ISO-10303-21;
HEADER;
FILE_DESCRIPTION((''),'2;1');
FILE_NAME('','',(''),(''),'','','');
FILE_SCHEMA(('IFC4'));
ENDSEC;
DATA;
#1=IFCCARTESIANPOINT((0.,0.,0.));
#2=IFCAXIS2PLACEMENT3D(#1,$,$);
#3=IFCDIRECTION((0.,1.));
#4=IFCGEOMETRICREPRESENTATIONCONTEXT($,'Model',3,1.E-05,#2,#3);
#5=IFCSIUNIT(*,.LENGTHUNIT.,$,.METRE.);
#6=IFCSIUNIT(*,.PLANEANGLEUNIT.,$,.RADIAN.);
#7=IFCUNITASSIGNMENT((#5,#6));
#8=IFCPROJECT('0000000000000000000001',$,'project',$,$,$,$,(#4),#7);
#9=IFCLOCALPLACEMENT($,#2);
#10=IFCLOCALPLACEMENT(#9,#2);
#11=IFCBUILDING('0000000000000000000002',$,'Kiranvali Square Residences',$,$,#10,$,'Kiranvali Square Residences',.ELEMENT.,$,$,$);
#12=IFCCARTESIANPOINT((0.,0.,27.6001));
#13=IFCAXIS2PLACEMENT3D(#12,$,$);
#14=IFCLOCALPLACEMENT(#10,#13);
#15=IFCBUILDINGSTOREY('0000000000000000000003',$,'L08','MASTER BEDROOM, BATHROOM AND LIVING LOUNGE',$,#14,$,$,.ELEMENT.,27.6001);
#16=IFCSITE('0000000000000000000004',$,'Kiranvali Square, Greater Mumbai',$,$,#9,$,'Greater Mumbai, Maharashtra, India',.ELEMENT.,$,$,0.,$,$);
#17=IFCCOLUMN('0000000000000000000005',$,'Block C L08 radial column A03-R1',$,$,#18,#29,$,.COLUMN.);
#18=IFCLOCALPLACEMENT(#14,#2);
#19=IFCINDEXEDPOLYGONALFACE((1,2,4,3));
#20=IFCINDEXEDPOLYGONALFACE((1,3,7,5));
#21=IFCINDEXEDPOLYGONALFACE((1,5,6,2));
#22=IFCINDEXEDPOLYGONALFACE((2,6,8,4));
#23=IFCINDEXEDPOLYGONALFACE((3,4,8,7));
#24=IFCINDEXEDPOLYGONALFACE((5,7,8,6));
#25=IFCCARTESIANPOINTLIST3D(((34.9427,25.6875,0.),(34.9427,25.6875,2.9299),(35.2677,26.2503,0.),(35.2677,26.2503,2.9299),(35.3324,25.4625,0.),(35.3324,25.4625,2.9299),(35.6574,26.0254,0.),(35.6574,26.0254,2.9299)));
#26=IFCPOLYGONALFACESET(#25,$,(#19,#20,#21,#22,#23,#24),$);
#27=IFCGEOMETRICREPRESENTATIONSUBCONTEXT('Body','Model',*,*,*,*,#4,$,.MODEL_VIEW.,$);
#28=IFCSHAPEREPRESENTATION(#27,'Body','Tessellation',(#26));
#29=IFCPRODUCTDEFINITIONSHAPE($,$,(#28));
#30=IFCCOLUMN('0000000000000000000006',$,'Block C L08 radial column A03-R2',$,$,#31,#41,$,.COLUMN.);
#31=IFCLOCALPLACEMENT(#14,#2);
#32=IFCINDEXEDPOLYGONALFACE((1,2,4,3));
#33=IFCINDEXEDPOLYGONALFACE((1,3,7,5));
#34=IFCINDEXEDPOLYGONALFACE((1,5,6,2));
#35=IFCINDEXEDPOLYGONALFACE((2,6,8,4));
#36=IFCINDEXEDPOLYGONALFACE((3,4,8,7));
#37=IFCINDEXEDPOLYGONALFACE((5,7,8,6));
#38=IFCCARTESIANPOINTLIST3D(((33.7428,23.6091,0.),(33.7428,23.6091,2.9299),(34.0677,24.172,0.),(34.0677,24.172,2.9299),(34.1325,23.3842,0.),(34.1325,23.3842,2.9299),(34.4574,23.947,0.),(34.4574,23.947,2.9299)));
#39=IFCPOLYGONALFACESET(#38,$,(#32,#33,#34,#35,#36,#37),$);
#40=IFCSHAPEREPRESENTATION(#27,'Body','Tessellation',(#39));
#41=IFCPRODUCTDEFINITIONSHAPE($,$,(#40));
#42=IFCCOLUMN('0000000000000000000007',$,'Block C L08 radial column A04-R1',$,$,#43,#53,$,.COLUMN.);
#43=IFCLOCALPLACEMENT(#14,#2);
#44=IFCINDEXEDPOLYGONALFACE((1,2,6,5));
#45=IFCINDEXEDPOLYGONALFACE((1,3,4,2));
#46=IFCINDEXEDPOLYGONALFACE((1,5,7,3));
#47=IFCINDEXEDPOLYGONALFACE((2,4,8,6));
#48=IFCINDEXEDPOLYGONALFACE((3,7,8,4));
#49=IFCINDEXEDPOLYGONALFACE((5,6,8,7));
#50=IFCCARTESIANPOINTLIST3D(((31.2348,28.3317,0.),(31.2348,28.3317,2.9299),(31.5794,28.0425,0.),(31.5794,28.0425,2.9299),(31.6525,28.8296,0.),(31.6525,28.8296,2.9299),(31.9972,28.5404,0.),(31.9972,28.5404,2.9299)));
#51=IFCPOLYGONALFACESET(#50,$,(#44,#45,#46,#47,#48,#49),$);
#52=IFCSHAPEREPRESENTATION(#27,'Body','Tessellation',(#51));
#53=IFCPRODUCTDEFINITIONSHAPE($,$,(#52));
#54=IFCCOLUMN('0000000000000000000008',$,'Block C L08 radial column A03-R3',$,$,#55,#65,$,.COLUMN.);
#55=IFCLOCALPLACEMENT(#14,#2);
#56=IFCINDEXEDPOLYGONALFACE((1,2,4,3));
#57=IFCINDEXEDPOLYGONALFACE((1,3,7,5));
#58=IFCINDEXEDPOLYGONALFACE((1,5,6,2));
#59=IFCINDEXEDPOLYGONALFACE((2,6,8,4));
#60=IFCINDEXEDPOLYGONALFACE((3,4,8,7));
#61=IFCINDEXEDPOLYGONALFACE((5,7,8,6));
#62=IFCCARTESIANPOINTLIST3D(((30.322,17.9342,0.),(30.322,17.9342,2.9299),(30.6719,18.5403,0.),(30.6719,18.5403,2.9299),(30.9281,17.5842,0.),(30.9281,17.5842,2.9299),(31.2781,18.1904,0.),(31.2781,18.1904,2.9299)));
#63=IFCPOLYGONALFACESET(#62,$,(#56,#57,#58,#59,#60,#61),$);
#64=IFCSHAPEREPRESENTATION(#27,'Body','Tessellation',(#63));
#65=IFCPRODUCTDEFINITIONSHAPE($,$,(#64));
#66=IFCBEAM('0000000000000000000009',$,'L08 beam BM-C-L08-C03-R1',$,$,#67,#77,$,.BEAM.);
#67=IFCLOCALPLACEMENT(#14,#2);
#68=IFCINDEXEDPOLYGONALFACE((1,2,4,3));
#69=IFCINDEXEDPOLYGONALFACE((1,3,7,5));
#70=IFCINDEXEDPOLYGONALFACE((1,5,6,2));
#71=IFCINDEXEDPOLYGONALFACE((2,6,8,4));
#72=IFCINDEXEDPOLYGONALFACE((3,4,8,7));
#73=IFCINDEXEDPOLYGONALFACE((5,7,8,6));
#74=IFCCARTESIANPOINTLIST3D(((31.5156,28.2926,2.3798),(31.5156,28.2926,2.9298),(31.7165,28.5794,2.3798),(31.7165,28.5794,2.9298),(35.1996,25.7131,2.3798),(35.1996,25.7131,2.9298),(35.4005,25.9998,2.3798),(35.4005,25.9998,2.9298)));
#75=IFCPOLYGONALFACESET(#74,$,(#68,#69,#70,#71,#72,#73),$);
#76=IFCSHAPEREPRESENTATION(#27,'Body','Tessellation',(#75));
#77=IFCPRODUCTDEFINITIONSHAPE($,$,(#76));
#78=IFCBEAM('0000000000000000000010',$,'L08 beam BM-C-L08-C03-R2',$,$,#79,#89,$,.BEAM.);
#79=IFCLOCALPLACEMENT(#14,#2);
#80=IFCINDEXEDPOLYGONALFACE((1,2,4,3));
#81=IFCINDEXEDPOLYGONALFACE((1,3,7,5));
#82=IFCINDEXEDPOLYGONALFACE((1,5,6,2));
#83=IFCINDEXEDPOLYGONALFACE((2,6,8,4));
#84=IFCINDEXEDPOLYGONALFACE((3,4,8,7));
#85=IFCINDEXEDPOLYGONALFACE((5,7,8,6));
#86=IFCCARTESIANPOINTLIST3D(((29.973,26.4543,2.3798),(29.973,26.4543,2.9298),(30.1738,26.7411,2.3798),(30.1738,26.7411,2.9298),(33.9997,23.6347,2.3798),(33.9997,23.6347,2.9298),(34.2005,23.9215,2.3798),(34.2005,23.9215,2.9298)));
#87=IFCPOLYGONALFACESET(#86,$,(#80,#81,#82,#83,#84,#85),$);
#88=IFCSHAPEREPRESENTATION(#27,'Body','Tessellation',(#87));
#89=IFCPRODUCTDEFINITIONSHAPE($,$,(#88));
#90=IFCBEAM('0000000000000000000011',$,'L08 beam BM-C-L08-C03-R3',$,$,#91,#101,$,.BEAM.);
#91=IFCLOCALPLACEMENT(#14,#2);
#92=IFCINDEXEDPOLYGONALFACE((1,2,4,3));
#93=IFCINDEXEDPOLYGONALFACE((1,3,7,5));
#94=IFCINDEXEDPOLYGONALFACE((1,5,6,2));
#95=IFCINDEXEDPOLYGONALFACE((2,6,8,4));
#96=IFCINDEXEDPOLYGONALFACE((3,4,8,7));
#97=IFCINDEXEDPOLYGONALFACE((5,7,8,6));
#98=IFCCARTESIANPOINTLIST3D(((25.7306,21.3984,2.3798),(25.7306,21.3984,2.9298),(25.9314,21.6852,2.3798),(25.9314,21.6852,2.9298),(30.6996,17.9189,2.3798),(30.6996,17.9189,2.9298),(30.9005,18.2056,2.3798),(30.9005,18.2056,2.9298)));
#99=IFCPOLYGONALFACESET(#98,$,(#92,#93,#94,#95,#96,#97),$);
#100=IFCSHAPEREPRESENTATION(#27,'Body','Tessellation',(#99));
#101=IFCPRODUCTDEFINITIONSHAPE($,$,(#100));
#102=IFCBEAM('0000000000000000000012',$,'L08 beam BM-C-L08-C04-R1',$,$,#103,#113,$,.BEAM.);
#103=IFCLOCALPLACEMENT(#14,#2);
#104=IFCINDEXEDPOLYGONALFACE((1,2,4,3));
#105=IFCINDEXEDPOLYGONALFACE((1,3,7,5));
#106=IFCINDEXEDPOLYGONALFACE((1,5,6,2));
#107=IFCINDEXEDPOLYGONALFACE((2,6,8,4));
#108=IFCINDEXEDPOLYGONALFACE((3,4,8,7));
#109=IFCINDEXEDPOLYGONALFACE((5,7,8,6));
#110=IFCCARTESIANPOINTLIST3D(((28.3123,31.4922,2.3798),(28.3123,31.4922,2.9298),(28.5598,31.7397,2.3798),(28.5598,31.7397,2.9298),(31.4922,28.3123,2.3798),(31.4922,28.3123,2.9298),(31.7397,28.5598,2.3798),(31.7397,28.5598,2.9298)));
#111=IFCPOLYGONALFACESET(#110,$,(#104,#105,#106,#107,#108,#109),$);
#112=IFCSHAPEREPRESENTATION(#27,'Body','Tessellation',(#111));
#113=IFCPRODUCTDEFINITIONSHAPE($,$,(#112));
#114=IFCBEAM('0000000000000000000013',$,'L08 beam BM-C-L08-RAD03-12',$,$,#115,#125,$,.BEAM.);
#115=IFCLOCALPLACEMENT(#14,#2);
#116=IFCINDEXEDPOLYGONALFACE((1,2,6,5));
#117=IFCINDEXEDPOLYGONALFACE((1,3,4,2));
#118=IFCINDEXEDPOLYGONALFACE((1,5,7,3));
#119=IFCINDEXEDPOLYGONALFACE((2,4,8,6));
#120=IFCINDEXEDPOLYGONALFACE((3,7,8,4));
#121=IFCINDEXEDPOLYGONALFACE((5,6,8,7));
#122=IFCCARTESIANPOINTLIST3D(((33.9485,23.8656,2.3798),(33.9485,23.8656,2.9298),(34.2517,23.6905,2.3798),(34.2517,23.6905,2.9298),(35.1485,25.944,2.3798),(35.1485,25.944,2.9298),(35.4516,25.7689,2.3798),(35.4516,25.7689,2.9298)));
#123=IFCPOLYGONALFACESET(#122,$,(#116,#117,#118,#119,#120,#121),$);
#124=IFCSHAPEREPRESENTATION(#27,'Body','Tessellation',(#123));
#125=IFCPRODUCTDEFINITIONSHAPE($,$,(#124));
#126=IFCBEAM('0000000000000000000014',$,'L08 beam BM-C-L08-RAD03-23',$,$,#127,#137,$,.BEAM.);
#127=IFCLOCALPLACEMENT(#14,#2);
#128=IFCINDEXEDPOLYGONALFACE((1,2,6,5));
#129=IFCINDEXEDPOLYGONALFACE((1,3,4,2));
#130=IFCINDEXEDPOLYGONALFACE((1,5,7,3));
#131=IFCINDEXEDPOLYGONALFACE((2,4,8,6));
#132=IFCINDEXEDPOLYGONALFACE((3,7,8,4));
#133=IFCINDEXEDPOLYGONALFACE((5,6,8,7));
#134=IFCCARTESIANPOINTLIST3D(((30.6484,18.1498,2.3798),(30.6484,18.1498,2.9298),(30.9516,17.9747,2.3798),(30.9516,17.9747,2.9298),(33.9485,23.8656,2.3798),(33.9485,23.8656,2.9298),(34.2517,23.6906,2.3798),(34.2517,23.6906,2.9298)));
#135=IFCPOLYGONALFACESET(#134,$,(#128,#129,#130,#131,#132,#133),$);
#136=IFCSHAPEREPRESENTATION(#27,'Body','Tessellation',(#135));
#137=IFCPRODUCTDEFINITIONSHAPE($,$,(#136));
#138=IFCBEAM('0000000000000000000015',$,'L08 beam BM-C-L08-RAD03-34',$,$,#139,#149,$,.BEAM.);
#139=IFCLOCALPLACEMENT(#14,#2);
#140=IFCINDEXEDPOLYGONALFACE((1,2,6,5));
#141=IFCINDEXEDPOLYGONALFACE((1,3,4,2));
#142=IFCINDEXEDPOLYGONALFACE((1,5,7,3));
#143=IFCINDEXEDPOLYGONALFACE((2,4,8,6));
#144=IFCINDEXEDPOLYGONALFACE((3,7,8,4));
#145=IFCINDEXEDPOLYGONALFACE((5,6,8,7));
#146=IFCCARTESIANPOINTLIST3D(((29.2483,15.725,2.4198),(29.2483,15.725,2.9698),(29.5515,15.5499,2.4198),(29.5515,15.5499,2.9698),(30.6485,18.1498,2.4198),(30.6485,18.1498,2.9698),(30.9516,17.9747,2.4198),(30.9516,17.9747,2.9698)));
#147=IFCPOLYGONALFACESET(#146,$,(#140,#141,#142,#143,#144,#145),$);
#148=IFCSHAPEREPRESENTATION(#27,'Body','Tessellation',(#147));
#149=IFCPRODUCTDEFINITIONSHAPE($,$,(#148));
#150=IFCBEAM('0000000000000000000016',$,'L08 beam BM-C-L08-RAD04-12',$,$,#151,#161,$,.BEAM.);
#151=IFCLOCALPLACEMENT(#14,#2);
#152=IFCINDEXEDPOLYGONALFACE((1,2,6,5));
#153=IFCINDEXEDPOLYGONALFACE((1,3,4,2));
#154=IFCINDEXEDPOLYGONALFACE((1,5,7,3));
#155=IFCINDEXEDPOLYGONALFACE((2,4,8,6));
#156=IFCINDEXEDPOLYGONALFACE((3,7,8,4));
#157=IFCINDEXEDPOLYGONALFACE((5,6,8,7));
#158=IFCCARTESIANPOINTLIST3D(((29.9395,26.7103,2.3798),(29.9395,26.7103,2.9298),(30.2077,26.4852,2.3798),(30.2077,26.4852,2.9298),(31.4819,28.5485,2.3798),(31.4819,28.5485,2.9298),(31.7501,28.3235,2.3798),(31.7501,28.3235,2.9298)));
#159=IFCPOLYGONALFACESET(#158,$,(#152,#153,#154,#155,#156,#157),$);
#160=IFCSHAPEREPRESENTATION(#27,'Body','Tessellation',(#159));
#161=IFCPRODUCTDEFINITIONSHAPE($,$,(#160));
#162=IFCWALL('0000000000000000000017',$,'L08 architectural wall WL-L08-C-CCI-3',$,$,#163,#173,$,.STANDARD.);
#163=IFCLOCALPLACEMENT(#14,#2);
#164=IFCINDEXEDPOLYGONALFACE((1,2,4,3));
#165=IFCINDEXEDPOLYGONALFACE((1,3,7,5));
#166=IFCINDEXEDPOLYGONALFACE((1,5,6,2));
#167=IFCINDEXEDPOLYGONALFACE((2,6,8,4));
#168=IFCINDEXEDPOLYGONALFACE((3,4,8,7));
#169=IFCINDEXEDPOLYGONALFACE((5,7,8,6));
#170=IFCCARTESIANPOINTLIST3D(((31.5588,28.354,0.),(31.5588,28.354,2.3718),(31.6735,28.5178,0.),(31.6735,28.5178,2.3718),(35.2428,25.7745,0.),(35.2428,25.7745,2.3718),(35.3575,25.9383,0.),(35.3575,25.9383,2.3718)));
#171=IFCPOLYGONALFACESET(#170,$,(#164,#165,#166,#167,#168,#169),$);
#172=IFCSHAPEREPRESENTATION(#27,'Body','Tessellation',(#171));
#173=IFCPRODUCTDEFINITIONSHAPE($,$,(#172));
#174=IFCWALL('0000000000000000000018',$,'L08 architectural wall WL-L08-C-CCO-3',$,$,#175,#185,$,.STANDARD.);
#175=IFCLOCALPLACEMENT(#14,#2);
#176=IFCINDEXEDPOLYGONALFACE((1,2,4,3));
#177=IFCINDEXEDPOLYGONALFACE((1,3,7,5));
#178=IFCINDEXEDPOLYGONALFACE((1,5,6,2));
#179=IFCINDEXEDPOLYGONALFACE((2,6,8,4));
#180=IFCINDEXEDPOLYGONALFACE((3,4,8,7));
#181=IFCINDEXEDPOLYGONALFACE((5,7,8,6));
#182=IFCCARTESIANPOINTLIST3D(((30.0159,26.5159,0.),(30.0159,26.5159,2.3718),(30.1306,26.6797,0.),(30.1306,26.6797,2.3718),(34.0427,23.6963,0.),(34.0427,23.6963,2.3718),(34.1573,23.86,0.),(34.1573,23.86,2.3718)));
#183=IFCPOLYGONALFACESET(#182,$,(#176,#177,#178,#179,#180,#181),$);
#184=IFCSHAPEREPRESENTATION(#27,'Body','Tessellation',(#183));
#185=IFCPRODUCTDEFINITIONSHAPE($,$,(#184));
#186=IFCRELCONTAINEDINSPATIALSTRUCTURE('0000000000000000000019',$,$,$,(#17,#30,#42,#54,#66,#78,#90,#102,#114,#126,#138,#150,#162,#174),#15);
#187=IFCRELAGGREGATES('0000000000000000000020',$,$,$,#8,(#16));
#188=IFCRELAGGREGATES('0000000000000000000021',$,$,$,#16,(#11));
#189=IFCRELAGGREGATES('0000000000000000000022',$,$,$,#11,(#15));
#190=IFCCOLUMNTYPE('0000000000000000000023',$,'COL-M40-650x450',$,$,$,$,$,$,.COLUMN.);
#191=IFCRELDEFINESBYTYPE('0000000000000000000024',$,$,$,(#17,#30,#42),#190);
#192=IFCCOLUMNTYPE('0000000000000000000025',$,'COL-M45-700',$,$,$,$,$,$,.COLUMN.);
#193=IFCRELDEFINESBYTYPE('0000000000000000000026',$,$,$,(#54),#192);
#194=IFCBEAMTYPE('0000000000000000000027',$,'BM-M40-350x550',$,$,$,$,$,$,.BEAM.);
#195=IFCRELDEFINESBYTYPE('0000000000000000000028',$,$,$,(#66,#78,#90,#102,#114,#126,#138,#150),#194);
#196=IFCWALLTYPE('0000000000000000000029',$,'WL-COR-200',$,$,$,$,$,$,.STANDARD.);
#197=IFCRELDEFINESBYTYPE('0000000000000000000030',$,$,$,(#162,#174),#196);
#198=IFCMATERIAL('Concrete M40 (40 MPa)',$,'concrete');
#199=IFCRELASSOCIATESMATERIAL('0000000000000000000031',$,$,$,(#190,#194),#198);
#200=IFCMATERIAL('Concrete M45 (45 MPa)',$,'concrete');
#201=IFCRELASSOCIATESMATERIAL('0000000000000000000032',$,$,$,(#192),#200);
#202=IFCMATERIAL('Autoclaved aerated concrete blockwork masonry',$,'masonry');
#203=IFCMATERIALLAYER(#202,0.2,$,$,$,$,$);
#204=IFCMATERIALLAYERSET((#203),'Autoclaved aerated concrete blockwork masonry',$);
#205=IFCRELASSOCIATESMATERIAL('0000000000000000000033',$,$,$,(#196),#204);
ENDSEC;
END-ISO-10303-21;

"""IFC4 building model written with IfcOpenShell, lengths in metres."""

from ifc_helpers import new_model, si_unit, direction, frame, frame_2d, origin, origin_2d, place, context, subcontext, project, spatial, rectangle, extrude, material, layer, layer_set, material_profile, profile_set, type_object, element, save


model = new_model("IFC4")

# Units and contexts
model_context = context("Model", 3, precision=1e-05, world=origin(), true_north=direction((0.0, 1.0)))
body_context = subcontext(model_context, "Body", "Model", "MODEL_VIEW")
ifc_project = project(units=[si_unit("LENGTHUNIT", "METRE"), si_unit("PLANEANGLEUNIT", "RADIAN")], contexts=[model_context])

# Site, building, storey
site_placement = place(None, origin())
site = spatial("IfcSite", under=ifc_project, at=site_placement, Name="Kiranvali Square, Greater Mumbai", LongName="Greater Mumbai, Maharashtra, India", CompositionType="ELEMENT", RefElevation=0.0)
building_placement = place(site_placement, origin())
building = spatial("IfcBuilding", under=site, at=building_placement, Name="Kiranvali Square Residences", LongName="Kiranvali Square Residences", CompositionType="ELEMENT")
storey_placement = place(building_placement, frame((0.0, 0.0, 27.6001)))
storey = spatial("IfcBuildingStorey", under=building, at=storey_placement, Name="L08", Description="MASTER BEDROOM, BATHROOM AND LIVING LOUNGE", CompositionType="ELEMENT", Elevation=27.6001)

# Columns
ifc_material_1 = material(Name="Concrete M40 (40 MPa)", Category="concrete")
ifc_material_profile_1 = material_profile(ifc_material_1, rectangle(XDim=0.45, YDim=0.6499, at=origin_2d()), Name="RC 650x450")
ifc_profile_set_1 = profile_set([ifc_material_profile_1], Name="Concrete M40 (40 MPa)")
column_type_1 = type_object("IfcColumnType", Name="COL-M40-650x450", PredefinedType="COLUMN", material=ifc_profile_set_1)
for number, where, z_axis, x_axis, name in (
    (1, (35.3, 25.8564, 0.0), (0.0, 0.0, 1.0), (-0.866025, 0.5, 0.0), "Block C L08 radial column A03-R1"),
    (2, (34.1001, 23.7781, 0.0), (0.0, 0.0, 1.0), (-0.866025, 0.5, 0.0), "Block C L08 radial column A03-R2"),
    (3, (31.616, 28.436, 0.0), (0.0, 0.0, 1.0), (-0.766044, 0.642788, 0.0), "Block C L08 radial column A04-R1"),
):
    element("IfcColumn", number, at=place(storey_placement, frame(where, z_axis=z_axis, x_axis=x_axis)), inside=storey, type_object=column_type_1, Name=name, PredefinedType="COLUMN", context=body_context, shape_type="SweptSolid", body=[
        extrude(rectangle(XDim=0.45, YDim=0.6499, at=origin_2d()), origin(), (0.0, 0.0, 1.0), 2.9299),
    ])
ifc_material_2 = material(Name="Concrete M45 (45 MPa)", Category="concrete")
ifc_material_profile_2 = material_profile(ifc_material_2, rectangle(XDim=0.7, YDim=0.7, at=origin_2d()), Name="RC 700x700")
ifc_profile_set_2 = profile_set([ifc_material_profile_2], Name="Concrete M45 (45 MPa)")
column_type_2 = type_object("IfcColumnType", Name="COL-M45-700", PredefinedType="COLUMN", material=ifc_profile_set_2)
column_placement = place(storey_placement, frame((30.8, 18.0623, 0.0), z_axis=(0.0, 0.0, 1.0), x_axis=(-0.866025, 0.5, 0.0)))
element("IfcColumn", 4, at=column_placement, inside=storey, type_object=column_type_2, Name="Block C L08 radial column A03-R3", PredefinedType="COLUMN", context=body_context, shape_type="SweptSolid", body=[
    extrude(rectangle(XDim=0.7, YDim=0.7, at=origin_2d()), origin(), (0.0, 0.0, 1.0), 2.9299),
])

# Beams
ifc_material_profile_3 = material_profile(ifc_material_1, rectangle(XDim=0.3501, YDim=0.55, at=origin_2d()), Name="RC 350x550")
ifc_profile_set_3 = profile_set([ifc_material_profile_3], Name="Concrete M40 (40 MPa)")
beam_type = type_object("IfcBeamType", Name="BM-M40-350x550", PredefinedType="BEAM", material=ifc_profile_set_3)
beam_1_placement = place(storey_placement, frame((35.3, 25.8564, 2.6548), z_axis=(-0.819155, 0.573572, 0.0), x_axis=(-0.573572, -0.819155, 0.0)))
element("IfcBeam", 5, at=beam_1_placement, inside=storey, type_object=beam_type, Name="L08 beam BM-C-L08-C03-R1", PredefinedType="BEAM", context=body_context, shape_type="SweptSolid", body=[
    extrude(rectangle(XDim=0.3501, YDim=0.55, at=origin_2d()), origin(), (0.0, 0.0, 1.0), 4.4973),
])
beam_2_placement = place(storey_placement, frame((34.1001, 23.7781, 2.6548), z_axis=(-0.819141, 0.573592, 0.0), x_axis=(-0.573592, -0.819141, 0.0)))
element("IfcBeam", 6, at=beam_2_placement, inside=storey, type_object=beam_type, Name="L08 beam BM-C-L08-C03-R2", PredefinedType="BEAM", context=body_context, shape_type="SweptSolid", body=[
    extrude(rectangle(XDim=0.3501, YDim=0.55, at=origin_2d()), origin(), (0.0, 0.0, 1.0), 4.9158),
])
beam_3_placement = place(storey_placement, frame((30.8, 18.0623, 2.6548), z_axis=(-0.819139, 0.573595, 0.0), x_axis=(-0.573595, -0.819139, 0.0)))
element("IfcBeam", 7, at=beam_3_placement, inside=storey, type_object=beam_type, Name="L08 beam BM-C-L08-C03-R3", PredefinedType="BEAM", context=body_context, shape_type="SweptSolid", body=[
    extrude(rectangle(XDim=0.3501, YDim=0.55, at=origin_2d()), origin(), (0.0, 0.0, 1.0), 6.0662),
])
beam_4_placement = place(storey_placement, frame((31.616, 28.436, 2.6548), z_axis=(-0.707107, 0.707107, 0.0), x_axis=(-0.707107, -0.707107, 0.0)))
element("IfcBeam", 8, at=beam_4_placement, inside=storey, type_object=beam_type, Name="L08 beam BM-C-L08-C04-R1", PredefinedType="BEAM", context=body_context, shape_type="SweptSolid", body=[
    extrude(rectangle(XDim=0.3501, YDim=0.55, at=origin_2d()), origin(), (0.0, 0.0, 1.0), 4.4971),
])
beam_5_placement = place(storey_placement, frame((35.3, 25.8564, 2.6548), z_axis=(-0.500001, -0.866025, 0.0), x_axis=(0.866025, -0.500001, 0.0)))
element("IfcBeam", 9, at=beam_5_placement, inside=storey, type_object=beam_type, Name="L08 beam BM-C-L08-RAD03-12", PredefinedType="BEAM", context=body_context, shape_type="SweptSolid", body=[
    extrude(rectangle(XDim=0.3501, YDim=0.55, at=origin_2d()), origin(), (0.0, 0.0, 1.0), 2.3999),
])
beam_6_placement = place(storey_placement, frame((34.1001, 23.7781, 2.6548), z_axis=(-0.500002, -0.866024, 0.0), x_axis=(0.866024, -0.500002, 0.0)))
element("IfcBeam", 10, at=beam_6_placement, inside=storey, type_object=beam_type, Name="L08 beam BM-C-L08-RAD03-23", PredefinedType="BEAM", context=body_context, shape_type="SweptSolid", body=[
    extrude(rectangle(XDim=0.3501, YDim=0.55, at=origin_2d()), origin(), (0.0, 0.0, 1.0), 6.6001),
])
beam_7_placement = place(storey_placement, frame((30.8, 18.0623, 2.6948), z_axis=(-0.50005, -0.865997, 0.0), x_axis=(0.865997, -0.50005, 0.0)))
element("IfcBeam", 11, at=beam_7_placement, inside=storey, type_object=beam_type, Name="L08 beam BM-C-L08-RAD03-34", PredefinedType="BEAM", context=body_context, shape_type="SweptSolid", body=[
    extrude(rectangle(XDim=0.3501, YDim=0.55, at=origin_2d()), origin(), (0.0, 0.0, 1.0), 2.8),
])
beam_8_placement = place(storey_placement, frame((31.616, 28.436, 2.6548), z_axis=(-0.642763, -0.766065, 0.0), x_axis=(0.766065, -0.642763, 0.0)))
element("IfcBeam", 12, at=beam_8_placement, inside=storey, type_object=beam_type, Name="L08 beam BM-C-L08-RAD04-12", PredefinedType="BEAM", context=body_context, shape_type="SweptSolid", body=[
    extrude(rectangle(XDim=0.3501, YDim=0.55, at=origin_2d()), origin(), (0.0, 0.0, 1.0), 2.3997),
])

# Walls
ifc_material_3 = material(Name="Autoclaved aerated concrete blockwork masonry", Category="masonry")
ifc_layer_1 = layer(ifc_material_3, 0.2)
ifc_layer_set_1 = layer_set([ifc_layer_1], Name="Autoclaved aerated concrete blockwork masonry")
wall_type_1 = type_object("IfcWallType", Name="WL-COR-200", PredefinedType="STANDARD", material=ifc_layer_set_1)
wall_1_placement = place(storey_placement, frame((35.3, 25.8564, 0.0), z_axis=(0.0, 0.0, 1.0), x_axis=(-0.819155, 0.573572, 0.0)))
element("IfcWall", 13, at=wall_1_placement, inside=storey, type_object=wall_type_1, Name="L08 architectural wall WL-L08-C-CCI-3", PredefinedType="STANDARD", context=body_context, shape_type="SweptSolid", body=[
    extrude(rectangle(XDim=4.4973, YDim=0.2, at=frame_2d((2.2485, 0.0))), origin(), (0.0, 0.0, 1.0), 2.3718),
])
wall_2_placement = place(storey_placement, frame((34.1001, 23.7781, 0.0), z_axis=(0.0, 0.0, 1.0), x_axis=(-0.819141, 0.573592, 0.0)))
element("IfcWall", 14, at=wall_2_placement, inside=storey, type_object=wall_type_1, Name="L08 architectural wall WL-L08-C-CCO-3", PredefinedType="STANDARD", context=body_context, shape_type="SweptSolid", body=[
    extrude(rectangle(XDim=4.9158, YDim=0.2, at=frame_2d((2.458, 0.0))), origin(), (0.0, 0.0, 1.0), 2.3718),
])

save(model, "model.ifc")
